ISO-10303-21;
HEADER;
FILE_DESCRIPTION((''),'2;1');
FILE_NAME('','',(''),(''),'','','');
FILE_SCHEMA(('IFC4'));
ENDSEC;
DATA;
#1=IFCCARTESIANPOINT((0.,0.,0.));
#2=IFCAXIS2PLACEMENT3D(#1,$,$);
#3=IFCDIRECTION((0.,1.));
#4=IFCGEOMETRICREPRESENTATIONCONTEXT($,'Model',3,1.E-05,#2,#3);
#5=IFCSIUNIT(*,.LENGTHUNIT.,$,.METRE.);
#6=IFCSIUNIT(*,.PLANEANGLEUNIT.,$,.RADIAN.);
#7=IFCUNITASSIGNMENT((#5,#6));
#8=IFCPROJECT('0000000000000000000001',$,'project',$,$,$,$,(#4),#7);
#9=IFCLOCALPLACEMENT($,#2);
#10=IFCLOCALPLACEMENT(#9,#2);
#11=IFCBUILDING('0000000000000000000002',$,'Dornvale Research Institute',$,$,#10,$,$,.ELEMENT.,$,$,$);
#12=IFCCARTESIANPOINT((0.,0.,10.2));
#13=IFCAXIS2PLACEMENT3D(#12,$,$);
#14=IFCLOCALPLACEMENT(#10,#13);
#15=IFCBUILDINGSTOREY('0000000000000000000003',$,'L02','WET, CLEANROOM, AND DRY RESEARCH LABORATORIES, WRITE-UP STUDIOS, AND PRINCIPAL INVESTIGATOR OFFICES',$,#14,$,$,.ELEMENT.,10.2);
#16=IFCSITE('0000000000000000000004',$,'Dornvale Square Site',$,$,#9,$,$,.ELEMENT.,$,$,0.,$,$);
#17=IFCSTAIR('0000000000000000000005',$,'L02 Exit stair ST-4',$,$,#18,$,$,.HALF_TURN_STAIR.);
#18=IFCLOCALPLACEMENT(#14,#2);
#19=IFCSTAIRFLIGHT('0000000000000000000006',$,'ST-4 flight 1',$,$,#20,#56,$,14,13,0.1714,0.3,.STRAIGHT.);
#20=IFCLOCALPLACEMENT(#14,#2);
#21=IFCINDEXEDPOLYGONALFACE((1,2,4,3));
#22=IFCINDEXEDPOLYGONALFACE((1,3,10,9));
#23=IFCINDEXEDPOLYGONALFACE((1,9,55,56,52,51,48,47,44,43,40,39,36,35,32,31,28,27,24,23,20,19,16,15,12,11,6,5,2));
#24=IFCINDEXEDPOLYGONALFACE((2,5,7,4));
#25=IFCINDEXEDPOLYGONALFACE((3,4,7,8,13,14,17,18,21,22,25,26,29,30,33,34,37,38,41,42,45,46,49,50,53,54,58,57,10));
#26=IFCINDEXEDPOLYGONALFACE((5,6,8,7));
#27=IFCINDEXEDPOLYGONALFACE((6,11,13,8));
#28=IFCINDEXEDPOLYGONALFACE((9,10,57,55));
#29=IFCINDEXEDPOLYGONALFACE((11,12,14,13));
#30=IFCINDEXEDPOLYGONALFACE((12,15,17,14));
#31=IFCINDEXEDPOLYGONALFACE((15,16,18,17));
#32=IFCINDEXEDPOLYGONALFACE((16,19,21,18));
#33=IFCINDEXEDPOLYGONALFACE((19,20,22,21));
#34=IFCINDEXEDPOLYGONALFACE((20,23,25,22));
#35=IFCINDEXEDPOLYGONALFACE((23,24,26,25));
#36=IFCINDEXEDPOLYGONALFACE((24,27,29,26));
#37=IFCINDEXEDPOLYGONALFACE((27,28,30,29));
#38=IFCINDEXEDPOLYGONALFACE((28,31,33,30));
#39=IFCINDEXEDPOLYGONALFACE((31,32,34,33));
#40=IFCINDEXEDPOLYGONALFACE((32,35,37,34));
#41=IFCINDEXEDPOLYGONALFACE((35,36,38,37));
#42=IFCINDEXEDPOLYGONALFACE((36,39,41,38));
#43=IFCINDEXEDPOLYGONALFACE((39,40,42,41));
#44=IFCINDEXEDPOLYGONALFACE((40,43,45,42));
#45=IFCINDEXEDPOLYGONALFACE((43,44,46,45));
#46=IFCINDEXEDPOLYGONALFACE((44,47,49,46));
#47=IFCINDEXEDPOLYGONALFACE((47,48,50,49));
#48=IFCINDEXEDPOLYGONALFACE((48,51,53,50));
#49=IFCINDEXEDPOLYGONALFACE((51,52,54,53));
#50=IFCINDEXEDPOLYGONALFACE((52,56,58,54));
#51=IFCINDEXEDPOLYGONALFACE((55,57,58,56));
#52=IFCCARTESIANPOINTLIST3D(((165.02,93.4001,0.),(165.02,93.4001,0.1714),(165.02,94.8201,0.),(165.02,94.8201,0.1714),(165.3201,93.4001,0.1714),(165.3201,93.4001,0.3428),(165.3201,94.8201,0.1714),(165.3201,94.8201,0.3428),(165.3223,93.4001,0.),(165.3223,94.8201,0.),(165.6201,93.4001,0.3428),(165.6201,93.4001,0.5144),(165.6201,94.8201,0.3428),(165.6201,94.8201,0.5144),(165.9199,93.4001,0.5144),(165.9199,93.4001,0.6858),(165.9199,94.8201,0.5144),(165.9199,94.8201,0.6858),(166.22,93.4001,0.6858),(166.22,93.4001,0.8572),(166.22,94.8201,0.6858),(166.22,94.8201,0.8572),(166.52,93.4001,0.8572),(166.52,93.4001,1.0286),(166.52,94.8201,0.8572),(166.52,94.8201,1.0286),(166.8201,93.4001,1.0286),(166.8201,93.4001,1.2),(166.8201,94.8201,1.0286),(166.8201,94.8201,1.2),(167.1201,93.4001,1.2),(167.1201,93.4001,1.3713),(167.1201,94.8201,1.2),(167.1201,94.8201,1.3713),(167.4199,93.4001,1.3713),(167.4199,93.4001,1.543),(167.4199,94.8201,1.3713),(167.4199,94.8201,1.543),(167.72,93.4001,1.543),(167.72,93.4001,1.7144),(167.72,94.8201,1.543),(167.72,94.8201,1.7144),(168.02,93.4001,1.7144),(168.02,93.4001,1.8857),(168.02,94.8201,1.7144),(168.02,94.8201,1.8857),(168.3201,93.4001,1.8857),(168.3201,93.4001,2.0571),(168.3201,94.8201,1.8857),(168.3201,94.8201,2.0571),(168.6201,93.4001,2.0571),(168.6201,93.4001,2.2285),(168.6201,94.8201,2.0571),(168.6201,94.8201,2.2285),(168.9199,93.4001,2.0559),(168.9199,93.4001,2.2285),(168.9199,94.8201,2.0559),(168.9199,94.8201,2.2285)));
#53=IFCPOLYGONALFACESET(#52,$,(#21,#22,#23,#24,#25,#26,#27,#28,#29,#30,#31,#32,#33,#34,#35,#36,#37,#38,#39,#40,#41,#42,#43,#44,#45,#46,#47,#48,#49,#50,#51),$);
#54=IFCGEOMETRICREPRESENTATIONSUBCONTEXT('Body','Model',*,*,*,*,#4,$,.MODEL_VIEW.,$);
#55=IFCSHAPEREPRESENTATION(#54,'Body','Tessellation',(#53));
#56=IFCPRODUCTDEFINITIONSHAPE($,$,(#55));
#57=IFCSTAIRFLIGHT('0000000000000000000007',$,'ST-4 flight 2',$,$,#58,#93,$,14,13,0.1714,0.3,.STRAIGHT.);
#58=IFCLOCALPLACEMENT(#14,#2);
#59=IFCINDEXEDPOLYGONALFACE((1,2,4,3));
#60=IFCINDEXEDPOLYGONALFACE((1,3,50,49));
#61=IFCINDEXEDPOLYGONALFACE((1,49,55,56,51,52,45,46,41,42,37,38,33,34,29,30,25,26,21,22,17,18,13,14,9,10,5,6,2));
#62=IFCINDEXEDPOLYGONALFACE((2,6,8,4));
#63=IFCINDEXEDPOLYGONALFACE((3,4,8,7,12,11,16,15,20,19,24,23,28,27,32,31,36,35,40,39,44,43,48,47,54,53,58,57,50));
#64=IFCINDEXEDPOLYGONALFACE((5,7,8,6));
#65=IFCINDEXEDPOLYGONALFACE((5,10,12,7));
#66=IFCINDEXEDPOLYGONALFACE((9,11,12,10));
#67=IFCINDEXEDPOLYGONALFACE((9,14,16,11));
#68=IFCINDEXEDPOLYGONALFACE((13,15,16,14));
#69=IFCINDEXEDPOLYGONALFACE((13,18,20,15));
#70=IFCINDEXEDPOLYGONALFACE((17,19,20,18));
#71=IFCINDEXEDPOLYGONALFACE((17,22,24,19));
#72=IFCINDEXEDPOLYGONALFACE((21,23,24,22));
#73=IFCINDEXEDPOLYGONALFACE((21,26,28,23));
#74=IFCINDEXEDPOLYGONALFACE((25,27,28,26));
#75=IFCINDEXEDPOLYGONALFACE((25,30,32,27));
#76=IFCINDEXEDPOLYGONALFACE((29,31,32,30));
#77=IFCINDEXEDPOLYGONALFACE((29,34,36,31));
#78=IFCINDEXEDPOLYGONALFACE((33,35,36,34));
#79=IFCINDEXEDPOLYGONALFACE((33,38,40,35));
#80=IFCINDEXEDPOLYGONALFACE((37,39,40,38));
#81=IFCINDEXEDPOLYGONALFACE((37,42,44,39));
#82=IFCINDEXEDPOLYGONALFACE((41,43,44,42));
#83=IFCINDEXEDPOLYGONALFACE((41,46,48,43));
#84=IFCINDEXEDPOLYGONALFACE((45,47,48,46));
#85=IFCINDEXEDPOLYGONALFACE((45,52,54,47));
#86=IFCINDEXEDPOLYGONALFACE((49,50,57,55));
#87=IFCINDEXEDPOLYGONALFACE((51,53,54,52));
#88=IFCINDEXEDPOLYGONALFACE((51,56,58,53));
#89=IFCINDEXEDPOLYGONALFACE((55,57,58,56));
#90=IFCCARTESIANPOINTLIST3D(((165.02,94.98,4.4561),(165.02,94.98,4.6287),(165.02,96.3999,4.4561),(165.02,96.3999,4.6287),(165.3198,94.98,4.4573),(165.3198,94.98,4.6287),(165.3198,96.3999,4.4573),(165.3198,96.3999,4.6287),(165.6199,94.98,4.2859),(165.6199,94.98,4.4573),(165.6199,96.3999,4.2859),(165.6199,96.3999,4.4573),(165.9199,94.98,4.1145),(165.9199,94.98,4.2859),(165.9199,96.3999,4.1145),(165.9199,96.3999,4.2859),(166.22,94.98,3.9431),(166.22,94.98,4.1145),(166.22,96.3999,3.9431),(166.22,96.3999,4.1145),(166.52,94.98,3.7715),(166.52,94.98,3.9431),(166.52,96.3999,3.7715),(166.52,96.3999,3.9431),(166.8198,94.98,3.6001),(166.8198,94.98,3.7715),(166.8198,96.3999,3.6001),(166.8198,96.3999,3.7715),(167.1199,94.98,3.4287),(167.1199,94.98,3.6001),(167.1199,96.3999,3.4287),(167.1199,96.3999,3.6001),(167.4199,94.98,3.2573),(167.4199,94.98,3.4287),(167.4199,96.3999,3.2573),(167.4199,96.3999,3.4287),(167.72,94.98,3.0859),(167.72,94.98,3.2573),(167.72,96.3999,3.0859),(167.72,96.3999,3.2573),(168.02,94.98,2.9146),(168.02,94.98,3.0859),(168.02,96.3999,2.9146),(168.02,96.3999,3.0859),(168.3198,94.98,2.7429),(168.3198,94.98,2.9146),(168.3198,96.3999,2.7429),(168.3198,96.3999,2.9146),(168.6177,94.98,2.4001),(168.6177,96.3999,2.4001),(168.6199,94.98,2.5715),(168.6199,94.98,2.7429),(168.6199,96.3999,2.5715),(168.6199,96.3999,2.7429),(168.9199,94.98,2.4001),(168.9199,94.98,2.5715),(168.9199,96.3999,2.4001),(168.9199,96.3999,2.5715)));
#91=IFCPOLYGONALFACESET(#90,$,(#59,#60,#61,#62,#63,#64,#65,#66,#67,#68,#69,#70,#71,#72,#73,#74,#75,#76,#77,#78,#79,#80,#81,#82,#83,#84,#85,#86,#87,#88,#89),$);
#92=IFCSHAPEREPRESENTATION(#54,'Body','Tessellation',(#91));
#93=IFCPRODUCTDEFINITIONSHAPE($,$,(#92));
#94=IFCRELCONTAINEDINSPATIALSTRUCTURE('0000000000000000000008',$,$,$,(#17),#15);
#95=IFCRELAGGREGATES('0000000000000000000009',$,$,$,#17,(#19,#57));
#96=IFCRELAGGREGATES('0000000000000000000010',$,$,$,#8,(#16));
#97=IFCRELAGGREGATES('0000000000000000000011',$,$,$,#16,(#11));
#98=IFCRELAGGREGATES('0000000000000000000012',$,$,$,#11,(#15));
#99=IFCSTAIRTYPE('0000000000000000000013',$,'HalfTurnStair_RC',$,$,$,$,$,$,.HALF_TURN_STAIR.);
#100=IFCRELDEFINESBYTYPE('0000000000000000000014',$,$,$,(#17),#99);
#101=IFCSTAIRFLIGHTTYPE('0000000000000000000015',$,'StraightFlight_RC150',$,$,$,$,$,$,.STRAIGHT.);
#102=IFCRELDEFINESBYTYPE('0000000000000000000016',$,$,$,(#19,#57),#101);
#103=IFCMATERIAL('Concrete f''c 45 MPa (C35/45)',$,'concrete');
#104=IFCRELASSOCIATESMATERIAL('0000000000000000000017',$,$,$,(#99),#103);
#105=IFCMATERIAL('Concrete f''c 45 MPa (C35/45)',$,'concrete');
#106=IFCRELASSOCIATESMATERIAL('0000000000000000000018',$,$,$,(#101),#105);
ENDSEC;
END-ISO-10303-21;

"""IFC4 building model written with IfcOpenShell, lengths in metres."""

from ifc_helpers import new_model, si_unit, direction, frame, origin, place, context, subcontext, project, spatial, polyline, outline, extrude, material, type_object, element, aggregate, save


model = new_model("IFC4")

# Units and contexts
model_context = context("Model", 3, precision=1e-05, world=origin(), true_north=direction((0.0, 1.0)))
body_context = subcontext(model_context, "Body", "Model", "MODEL_VIEW")
ifc_project = project(units=[si_unit("LENGTHUNIT", "METRE"), si_unit("PLANEANGLEUNIT", "RADIAN")], contexts=[model_context])

# Site, building, storey
site_placement = place(None, origin())
site = spatial("IfcSite", under=ifc_project, at=site_placement, Name="Dornvale Square Site", CompositionType="ELEMENT", RefElevation=0.0)
building_placement = place(site_placement, origin())
building = spatial("IfcBuilding", under=site, at=building_placement, Name="Dornvale Research Institute", CompositionType="ELEMENT")
storey_placement = place(building_placement, frame((0.0, 0.0, 10.2)))
storey = spatial("IfcBuildingStorey", under=building, at=storey_placement, Name="L02", Description="WET, CLEANROOM, AND DRY RESEARCH LABORATORIES, WRITE-UP STUDIOS, AND PRINCIPAL INVESTIGATOR OFFICES", CompositionType="ELEMENT", Elevation=10.2)

# Stair, stair flights
ifc_material_1 = material(Name="Concrete f'c 45 MPa (C35/45)", Category="concrete")
stair_type = type_object("IfcStairType", Name="HalfTurnStair_RC", PredefinedType="HALF_TURN_STAIR", material=ifc_material_1)
stair_placement = place(storey_placement, origin())
stair = element("IfcStair", 1, at=stair_placement, inside=storey, type_object=stair_type, Name="L02 Exit stair ST-4", PredefinedType="HALF_TURN_STAIR")
ifc_material_2 = material(Name="Concrete f'c 45 MPa (C35/45)", Category="concrete")
stair_flight_type = type_object("IfcStairFlightType", Name="StraightFlight_RC150", PredefinedType="STRAIGHT", material=ifc_material_2)
stair_flight_1_placement = place(storey_placement, frame((165.02, 94.1101, 0.0), z_axis=(0.0, 0.0, 1.0), x_axis=(1.0, 0.0, 0.0)))
stair_flight_1 = element("IfcStairFlight", 2, at=stair_flight_1_placement, type_object=stair_flight_type, Name="ST-4 flight 1", NumberOfRisers=14, NumberOfTreads=13, PredefinedType="STRAIGHT", RiserHeight=0.1714, TreadLength=0.3, context=body_context, shape_type="SweptSolid", body=[
    extrude(outline(polyline([(0.0, 0.0), (0.0, 0.1714), (0.3, 0.1714), (0.3, 0.3428), (0.6001, 0.3428), (0.6001, 0.5144), (0.8999, 0.5144), (0.8999, 0.6858), (1.2, 0.6858), (1.2, 0.8572), (1.5, 0.8572), (1.5, 1.0286), (1.8, 1.0286), (1.8, 1.2), (2.1001, 1.2), (2.1001, 1.3713), (2.3999, 1.3713), (2.3999, 1.543), (2.7, 1.543), (2.7, 1.7144), (3.0, 1.7144), (3.0, 1.8857), (3.3, 1.8857), (3.3, 2.0571), (3.6001, 2.0571), (3.6001, 2.2285), (3.8999, 2.2285), (3.8999, 2.3999), (3.8999, 2.0559), (0.3022, 0.0), (0.0, 0.0)])), frame((0.0, 0.71, 0.0), z_axis=(0.0, -1.0, 0.0), x_axis=(1.0, 0.0, 0.0)), (0.0, 0.0, 1.0), 1.4199),
])
stair_flight_2_placement = place(storey_placement, frame((168.9199, 95.6899, 2.4001), z_axis=(0.0, 0.0, 1.0), x_axis=(-1.0, 0.0, 0.0)))
stair_flight_2 = element("IfcStairFlight", 3, at=stair_flight_2_placement, type_object=stair_flight_type, Name="ST-4 flight 2", NumberOfRisers=14, NumberOfTreads=13, PredefinedType="STRAIGHT", RiserHeight=0.1714, TreadLength=0.3, context=body_context, shape_type="SweptSolid", body=[
    extrude(outline(polyline([(0.0, 0.0), (0.0, 0.1714), (0.3, 0.1714), (0.3, 0.3428), (0.6001, 0.3428), (0.6001, 0.5144), (0.8999, 0.5144), (0.8999, 0.6858), (1.2, 0.6858), (1.2, 0.8572), (1.5, 0.8572), (1.5, 1.0286), (1.8, 1.0286), (1.8, 1.2), (2.1001, 1.2), (2.1001, 1.3713), (2.3999, 1.3713), (2.3999, 1.543), (2.7, 1.543), (2.7, 1.7144), (3.0, 1.7144), (3.0, 1.8857), (3.3, 1.8857), (3.3, 2.0571), (3.6001, 2.0571), (3.6001, 2.2285), (3.8999, 2.2285), (3.8999, 2.3999), (3.8999, 2.0559), (0.3022, 0.0), (0.0, 0.0)])), frame((0.0, 0.71, 0.0), z_axis=(0.0, -1.0, 0.0), x_axis=(1.0, 0.0, 0.0)), (0.0, 0.0, 1.0), 1.4199),
])
aggregate(stair, [stair_flight_1, stair_flight_2])

save(model, "model.ifc")
